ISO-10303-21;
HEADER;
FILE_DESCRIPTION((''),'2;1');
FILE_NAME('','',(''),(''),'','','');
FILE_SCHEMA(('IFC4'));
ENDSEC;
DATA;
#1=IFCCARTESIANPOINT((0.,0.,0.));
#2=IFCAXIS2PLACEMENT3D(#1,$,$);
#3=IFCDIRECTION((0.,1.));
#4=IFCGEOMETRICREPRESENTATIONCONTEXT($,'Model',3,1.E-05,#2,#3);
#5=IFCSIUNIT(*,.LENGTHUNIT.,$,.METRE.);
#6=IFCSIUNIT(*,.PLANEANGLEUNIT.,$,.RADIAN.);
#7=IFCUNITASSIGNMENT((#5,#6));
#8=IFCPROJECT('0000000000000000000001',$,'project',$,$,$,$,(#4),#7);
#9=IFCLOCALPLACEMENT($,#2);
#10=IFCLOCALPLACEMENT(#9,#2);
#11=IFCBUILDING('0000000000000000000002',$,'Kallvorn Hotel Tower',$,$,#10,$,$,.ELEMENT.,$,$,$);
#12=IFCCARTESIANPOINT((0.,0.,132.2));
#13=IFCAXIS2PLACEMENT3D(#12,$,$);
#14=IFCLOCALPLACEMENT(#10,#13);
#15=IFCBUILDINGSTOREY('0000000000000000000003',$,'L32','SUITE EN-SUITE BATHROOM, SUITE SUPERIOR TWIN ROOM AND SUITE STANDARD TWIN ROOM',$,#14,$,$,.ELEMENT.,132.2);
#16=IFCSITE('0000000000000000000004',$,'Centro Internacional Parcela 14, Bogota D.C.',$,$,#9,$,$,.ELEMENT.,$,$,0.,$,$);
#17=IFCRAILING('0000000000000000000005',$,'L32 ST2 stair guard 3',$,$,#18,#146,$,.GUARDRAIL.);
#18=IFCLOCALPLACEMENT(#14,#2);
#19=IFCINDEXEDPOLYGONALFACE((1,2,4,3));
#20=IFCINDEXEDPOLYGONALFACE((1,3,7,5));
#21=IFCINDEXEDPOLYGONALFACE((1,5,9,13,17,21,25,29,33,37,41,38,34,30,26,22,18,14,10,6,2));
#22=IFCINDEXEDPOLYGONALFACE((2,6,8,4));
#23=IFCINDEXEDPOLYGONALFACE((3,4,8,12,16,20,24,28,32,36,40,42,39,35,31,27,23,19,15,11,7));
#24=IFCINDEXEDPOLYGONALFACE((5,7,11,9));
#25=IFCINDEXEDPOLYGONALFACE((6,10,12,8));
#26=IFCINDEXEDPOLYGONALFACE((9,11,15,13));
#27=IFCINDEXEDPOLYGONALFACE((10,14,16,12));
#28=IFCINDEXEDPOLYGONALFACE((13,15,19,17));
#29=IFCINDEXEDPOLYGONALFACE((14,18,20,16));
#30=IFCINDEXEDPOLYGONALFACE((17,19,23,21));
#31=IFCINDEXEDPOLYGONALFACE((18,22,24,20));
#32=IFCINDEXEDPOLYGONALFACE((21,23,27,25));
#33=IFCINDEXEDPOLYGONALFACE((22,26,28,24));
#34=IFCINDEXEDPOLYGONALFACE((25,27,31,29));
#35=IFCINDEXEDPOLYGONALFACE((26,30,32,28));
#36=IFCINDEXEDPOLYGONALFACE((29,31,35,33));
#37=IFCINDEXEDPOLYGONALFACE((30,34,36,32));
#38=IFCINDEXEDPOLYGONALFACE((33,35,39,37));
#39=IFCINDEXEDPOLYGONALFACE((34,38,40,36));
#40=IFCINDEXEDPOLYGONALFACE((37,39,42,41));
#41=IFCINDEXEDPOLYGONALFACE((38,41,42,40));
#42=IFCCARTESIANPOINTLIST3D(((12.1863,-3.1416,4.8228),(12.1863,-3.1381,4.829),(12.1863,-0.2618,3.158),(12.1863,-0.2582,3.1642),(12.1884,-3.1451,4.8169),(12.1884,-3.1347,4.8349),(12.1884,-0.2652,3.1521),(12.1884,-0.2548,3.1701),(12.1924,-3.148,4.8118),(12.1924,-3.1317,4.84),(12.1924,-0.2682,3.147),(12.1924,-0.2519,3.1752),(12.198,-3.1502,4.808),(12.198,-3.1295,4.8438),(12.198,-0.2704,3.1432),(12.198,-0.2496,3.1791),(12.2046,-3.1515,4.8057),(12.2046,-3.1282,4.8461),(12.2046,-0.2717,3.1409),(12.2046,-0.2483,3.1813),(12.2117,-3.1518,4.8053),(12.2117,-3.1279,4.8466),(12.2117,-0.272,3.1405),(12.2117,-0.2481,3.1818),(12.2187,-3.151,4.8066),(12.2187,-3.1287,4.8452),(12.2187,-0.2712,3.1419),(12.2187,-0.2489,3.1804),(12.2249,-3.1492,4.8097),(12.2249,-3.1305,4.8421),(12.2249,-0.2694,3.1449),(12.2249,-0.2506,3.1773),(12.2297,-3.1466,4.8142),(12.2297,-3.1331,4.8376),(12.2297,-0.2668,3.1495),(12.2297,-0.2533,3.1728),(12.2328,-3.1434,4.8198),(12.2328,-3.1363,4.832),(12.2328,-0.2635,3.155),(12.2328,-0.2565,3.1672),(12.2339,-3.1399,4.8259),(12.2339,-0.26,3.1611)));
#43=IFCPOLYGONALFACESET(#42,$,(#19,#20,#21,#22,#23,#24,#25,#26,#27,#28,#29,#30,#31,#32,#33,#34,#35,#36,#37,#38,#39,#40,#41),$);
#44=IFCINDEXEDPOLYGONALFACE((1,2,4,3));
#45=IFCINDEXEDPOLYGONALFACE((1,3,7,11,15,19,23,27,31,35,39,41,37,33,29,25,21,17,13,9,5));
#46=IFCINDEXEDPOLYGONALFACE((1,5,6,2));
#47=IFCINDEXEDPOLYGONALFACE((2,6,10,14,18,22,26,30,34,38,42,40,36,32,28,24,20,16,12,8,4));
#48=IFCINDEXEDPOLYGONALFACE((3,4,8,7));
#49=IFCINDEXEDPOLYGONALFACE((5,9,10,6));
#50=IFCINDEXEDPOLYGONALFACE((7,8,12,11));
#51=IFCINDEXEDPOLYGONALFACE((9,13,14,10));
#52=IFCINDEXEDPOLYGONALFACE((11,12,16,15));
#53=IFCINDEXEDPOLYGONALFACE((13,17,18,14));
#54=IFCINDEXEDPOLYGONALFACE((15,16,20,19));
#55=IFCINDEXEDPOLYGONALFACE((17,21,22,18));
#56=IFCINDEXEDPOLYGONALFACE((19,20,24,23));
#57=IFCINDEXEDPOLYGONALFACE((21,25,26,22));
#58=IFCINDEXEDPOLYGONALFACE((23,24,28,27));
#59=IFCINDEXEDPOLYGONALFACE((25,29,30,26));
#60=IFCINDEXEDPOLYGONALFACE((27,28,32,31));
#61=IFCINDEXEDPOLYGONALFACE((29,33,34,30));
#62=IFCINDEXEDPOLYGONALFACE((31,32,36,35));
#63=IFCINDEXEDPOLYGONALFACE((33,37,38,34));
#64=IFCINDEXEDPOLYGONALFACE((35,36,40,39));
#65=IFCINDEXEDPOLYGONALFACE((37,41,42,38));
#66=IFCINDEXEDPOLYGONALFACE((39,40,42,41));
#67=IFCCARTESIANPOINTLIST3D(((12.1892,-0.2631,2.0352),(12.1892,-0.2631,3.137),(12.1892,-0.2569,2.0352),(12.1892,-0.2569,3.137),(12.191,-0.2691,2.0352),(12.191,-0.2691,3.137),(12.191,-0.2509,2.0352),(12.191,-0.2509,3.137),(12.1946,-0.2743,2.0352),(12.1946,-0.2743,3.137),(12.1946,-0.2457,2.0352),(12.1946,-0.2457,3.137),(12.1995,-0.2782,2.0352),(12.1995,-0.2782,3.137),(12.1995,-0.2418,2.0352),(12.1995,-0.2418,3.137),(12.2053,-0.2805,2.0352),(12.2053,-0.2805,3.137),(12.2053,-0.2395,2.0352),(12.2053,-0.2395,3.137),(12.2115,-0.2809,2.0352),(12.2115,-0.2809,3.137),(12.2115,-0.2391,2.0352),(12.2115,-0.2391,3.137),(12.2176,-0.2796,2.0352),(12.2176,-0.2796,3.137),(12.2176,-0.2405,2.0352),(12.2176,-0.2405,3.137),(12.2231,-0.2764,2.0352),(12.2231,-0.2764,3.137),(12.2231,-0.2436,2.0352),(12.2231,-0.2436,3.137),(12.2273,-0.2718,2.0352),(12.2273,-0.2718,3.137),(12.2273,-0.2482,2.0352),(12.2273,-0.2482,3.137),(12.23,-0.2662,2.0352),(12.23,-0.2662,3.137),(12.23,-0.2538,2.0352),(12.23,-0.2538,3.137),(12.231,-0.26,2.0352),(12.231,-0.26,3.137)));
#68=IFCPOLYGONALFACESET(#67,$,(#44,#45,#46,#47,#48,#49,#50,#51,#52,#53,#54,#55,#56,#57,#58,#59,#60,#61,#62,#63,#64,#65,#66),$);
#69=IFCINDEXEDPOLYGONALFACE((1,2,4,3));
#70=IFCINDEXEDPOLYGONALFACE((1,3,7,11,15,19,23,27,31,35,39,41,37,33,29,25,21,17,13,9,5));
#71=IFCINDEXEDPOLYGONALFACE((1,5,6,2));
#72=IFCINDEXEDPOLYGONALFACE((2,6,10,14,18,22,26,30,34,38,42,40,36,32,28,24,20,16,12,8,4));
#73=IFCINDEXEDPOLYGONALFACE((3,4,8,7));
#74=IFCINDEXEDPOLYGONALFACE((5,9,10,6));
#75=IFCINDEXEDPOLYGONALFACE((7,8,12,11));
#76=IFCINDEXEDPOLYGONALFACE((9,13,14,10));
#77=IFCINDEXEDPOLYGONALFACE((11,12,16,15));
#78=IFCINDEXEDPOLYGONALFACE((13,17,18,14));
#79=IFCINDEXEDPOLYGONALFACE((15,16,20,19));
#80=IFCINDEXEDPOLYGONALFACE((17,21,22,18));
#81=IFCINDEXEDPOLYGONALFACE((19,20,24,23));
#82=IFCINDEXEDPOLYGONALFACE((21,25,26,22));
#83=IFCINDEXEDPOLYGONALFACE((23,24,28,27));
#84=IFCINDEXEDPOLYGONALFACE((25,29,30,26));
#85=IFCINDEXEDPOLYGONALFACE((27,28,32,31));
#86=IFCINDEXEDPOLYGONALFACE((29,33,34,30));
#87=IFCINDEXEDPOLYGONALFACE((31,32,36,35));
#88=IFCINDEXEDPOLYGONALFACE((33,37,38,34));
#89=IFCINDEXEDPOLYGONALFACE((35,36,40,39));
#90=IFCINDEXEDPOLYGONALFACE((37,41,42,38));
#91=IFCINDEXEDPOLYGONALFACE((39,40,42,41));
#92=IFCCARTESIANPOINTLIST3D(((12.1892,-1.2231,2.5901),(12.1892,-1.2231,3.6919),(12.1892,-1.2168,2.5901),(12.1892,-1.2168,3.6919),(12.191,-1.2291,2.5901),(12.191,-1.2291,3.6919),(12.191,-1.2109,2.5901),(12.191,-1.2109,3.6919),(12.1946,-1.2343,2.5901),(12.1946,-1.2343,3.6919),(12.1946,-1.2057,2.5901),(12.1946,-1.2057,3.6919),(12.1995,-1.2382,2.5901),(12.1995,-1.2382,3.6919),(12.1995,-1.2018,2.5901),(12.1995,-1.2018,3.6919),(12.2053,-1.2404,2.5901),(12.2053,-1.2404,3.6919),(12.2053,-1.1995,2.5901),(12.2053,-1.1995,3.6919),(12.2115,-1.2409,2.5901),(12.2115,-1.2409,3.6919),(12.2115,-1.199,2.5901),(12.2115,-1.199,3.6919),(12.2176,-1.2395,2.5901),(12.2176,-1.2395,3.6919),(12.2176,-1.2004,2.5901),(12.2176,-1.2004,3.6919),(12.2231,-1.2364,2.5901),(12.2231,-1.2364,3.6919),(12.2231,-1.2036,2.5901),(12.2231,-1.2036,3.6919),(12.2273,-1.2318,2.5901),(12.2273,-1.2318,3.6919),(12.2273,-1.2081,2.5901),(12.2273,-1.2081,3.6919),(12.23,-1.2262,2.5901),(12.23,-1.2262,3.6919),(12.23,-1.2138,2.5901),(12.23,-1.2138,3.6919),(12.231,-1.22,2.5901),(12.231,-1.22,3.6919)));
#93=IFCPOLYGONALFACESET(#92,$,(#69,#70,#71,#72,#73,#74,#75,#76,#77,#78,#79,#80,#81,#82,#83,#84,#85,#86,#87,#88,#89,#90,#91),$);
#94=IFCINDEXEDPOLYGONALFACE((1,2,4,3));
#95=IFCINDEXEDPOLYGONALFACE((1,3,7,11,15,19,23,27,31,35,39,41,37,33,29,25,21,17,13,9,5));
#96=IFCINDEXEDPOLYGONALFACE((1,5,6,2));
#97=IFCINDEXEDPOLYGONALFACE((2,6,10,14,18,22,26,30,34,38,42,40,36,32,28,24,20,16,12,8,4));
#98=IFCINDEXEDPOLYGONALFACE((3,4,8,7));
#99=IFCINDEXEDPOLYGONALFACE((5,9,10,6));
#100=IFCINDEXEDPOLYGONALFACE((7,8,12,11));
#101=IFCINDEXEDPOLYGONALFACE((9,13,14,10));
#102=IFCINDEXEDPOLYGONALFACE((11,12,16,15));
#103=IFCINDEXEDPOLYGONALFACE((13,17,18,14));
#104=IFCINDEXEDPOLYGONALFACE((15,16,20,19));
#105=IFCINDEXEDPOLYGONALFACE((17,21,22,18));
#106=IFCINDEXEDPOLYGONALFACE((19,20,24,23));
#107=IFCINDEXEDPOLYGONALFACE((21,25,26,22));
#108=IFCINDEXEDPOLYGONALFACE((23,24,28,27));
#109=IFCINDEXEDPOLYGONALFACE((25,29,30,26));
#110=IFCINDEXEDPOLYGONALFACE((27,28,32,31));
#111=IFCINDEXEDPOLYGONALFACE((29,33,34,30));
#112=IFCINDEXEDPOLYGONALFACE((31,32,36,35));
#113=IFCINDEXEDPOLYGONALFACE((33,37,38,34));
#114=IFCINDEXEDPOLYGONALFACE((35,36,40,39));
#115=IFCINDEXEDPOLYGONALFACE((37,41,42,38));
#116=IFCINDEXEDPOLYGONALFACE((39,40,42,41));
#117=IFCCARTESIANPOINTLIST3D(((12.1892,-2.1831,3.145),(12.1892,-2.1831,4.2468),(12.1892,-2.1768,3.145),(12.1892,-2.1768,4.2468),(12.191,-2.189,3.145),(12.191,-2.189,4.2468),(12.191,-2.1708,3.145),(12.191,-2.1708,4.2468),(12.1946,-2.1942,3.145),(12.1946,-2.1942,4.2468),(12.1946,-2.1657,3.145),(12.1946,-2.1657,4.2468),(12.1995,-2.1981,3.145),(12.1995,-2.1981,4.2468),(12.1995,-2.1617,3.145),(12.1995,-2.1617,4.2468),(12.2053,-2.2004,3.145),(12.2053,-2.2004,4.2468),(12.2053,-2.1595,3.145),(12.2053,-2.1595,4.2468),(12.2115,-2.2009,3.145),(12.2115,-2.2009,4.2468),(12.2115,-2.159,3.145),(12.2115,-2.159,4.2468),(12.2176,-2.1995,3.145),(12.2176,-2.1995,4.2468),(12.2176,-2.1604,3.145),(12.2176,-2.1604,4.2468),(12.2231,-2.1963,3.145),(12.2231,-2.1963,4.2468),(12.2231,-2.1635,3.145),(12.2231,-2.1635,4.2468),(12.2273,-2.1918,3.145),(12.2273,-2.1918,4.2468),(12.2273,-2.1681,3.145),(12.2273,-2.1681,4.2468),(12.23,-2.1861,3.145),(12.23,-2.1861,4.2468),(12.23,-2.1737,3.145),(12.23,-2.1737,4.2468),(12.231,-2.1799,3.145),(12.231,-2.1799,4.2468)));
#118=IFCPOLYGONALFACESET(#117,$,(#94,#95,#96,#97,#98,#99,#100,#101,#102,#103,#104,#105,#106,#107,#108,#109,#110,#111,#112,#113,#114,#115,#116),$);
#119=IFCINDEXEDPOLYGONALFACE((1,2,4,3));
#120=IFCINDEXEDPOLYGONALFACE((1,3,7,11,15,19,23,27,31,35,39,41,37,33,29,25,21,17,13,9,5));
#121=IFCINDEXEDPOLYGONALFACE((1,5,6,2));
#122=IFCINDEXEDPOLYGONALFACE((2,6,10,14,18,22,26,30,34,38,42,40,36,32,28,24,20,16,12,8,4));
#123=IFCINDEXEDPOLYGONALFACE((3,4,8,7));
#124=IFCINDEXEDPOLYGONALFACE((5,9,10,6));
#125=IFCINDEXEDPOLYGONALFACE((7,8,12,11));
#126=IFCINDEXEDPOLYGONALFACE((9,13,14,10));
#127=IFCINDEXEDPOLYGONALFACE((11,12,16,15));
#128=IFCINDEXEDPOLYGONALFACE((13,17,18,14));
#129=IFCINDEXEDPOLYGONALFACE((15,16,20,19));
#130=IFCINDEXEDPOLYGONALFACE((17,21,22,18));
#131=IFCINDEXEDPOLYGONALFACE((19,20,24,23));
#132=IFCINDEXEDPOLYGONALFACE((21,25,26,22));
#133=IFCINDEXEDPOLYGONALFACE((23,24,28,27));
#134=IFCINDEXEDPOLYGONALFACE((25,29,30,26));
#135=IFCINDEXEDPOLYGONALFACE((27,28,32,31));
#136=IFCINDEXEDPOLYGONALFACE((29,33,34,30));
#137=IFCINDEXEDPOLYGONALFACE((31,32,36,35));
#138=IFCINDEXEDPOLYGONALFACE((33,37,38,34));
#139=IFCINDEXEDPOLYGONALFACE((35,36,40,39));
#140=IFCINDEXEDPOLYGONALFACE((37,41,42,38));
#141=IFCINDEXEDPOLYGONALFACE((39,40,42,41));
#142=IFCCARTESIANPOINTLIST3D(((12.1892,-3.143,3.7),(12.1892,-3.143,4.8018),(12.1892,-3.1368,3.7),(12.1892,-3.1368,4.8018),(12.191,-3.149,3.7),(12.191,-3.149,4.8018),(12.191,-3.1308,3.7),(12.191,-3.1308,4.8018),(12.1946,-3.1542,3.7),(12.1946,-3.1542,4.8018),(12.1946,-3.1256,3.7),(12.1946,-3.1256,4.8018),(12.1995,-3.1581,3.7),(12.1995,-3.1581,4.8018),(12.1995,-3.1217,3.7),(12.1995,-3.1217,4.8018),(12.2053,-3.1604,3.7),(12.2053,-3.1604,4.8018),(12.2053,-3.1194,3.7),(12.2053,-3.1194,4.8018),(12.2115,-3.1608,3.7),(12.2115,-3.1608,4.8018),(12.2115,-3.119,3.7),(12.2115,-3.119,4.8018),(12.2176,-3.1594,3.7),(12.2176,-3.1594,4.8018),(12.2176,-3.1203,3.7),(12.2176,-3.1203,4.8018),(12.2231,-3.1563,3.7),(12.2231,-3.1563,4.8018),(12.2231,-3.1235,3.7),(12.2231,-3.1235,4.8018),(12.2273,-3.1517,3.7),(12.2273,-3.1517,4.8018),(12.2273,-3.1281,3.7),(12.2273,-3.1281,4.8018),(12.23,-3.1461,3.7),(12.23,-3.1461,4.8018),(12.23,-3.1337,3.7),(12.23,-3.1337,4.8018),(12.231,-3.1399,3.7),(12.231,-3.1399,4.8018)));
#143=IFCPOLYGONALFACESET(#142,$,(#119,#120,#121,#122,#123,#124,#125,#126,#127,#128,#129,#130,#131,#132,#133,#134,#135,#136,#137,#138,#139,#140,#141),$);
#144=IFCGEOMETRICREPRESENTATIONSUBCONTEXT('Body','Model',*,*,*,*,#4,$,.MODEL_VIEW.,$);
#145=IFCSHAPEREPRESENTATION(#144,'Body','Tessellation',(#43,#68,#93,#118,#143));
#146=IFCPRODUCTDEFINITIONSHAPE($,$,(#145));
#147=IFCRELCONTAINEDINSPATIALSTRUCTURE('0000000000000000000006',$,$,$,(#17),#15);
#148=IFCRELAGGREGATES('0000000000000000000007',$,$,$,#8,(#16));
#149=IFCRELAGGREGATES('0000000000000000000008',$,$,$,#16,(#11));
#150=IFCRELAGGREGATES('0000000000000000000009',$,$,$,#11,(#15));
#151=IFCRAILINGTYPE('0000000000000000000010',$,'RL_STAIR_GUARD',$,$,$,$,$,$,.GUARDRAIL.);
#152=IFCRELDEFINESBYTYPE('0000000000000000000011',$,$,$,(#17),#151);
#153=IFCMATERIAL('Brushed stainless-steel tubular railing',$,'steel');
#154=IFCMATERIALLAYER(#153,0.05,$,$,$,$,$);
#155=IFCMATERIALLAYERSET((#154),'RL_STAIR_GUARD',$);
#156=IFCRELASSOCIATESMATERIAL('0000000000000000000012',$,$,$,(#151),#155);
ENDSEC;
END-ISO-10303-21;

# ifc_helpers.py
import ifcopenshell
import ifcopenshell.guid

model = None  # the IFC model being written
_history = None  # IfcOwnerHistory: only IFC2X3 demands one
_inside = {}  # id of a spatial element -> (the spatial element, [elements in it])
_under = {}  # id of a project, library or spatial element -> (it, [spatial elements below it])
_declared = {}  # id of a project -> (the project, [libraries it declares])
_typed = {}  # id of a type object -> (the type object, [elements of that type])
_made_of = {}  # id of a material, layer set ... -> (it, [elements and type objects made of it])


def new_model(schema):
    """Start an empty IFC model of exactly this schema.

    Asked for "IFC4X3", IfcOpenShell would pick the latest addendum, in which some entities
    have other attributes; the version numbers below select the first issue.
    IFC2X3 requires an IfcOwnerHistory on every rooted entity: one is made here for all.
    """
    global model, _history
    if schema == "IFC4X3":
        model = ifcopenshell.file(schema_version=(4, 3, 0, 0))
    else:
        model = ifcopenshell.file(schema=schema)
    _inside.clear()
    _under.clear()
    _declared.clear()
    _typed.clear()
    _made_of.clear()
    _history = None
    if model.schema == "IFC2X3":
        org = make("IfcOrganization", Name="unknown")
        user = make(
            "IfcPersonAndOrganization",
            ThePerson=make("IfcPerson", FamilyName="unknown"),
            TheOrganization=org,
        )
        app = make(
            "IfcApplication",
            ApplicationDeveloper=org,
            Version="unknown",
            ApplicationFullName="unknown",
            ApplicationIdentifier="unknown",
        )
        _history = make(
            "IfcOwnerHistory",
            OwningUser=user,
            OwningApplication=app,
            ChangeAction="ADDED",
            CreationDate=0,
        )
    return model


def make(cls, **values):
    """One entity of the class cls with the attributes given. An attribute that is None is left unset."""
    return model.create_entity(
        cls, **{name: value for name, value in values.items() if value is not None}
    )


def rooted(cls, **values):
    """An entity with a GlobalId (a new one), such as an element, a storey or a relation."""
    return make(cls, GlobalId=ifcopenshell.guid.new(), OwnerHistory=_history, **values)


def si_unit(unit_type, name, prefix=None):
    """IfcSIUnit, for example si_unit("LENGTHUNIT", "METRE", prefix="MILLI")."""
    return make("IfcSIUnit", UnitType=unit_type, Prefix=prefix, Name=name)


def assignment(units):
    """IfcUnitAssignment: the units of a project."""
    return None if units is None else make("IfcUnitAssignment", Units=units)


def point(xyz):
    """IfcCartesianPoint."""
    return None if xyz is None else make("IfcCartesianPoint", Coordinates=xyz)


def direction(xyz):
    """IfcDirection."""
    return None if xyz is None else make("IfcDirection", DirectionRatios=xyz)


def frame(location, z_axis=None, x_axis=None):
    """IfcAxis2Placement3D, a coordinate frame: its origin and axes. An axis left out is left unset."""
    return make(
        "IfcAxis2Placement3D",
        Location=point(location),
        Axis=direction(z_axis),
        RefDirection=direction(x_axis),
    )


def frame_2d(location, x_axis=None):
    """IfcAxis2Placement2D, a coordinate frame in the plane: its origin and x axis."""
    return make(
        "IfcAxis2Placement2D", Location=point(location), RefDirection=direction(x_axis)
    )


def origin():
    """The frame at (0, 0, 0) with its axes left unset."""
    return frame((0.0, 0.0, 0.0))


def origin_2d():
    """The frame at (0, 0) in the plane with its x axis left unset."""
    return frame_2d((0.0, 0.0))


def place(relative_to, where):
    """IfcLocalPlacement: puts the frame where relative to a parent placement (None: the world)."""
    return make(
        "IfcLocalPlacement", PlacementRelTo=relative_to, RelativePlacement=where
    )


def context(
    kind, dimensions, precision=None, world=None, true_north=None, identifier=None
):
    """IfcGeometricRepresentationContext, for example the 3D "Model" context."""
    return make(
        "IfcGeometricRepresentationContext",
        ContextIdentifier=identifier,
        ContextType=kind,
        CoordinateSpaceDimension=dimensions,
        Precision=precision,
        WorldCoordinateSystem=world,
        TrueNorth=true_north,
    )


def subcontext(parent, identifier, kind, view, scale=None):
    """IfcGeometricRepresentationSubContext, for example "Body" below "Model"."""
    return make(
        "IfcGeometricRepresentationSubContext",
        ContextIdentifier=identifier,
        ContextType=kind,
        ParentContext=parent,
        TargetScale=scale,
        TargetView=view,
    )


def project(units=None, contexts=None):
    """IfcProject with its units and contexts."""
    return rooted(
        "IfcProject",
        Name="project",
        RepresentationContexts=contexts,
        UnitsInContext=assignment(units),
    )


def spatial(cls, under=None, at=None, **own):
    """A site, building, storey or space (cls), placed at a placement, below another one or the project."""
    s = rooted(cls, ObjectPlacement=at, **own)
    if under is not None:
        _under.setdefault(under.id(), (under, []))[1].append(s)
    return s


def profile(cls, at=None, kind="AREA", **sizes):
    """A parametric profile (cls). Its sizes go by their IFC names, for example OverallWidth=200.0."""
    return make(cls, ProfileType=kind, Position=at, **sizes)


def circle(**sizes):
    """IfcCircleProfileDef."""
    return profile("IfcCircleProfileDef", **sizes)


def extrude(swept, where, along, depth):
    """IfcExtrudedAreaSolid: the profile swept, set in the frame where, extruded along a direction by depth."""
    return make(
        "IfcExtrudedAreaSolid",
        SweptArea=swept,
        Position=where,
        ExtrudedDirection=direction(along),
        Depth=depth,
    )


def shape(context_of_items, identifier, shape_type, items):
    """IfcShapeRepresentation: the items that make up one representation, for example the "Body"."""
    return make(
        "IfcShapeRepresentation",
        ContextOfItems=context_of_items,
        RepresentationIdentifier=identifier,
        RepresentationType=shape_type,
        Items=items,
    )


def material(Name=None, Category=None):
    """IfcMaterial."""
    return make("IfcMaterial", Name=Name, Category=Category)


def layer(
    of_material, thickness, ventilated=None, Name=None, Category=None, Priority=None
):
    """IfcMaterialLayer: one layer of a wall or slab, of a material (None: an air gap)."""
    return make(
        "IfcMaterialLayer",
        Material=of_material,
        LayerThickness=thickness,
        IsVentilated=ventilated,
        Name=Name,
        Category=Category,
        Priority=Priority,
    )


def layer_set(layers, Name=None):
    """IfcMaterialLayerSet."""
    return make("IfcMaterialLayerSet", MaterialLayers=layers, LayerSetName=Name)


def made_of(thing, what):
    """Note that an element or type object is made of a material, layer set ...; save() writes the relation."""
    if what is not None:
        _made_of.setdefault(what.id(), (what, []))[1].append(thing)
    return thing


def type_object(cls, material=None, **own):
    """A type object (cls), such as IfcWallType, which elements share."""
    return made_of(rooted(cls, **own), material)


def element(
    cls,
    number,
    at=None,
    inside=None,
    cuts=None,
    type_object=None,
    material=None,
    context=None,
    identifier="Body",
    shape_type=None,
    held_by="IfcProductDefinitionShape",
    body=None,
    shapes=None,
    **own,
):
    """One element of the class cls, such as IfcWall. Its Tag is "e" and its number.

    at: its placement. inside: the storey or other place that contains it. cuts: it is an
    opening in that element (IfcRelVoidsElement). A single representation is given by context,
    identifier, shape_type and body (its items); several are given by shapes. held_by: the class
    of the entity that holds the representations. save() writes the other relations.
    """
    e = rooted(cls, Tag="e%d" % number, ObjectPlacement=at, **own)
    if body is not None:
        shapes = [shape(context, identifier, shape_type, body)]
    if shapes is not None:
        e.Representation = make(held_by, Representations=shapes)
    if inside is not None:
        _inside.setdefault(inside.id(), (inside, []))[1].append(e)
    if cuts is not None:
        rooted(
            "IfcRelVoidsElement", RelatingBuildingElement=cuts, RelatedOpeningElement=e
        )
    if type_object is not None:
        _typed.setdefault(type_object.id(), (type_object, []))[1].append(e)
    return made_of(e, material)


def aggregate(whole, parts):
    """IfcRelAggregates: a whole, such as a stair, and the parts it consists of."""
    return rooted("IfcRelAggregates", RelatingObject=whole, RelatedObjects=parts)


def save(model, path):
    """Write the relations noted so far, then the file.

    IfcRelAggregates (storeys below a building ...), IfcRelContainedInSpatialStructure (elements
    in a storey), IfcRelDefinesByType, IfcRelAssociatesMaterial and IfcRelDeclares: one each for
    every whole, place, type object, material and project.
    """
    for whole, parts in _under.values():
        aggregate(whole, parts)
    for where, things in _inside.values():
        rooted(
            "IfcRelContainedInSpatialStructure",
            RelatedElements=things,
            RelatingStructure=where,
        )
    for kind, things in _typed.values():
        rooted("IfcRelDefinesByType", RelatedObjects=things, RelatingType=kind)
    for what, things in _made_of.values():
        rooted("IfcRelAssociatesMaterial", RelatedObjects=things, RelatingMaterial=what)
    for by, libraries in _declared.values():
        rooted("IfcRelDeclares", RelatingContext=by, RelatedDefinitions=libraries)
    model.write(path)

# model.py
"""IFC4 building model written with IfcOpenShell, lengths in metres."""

from ifc_helpers import new_model, si_unit, direction, frame, origin, origin_2d, place, context, subcontext, project, spatial, circle, extrude, material, layer, layer_set, type_object, element, save


model = new_model("IFC4")

# Units and contexts
model_context = context("Model", 3, precision=1e-05, world=origin(), true_north=direction((0.0, 1.0)))
body_context = subcontext(model_context, "Body", "Model", "MODEL_VIEW")
ifc_project = project(units=[si_unit("LENGTHUNIT", "METRE"), si_unit("PLANEANGLEUNIT", "RADIAN")], contexts=[model_context])

# Site, building, storey
site_placement = place(None, origin())
site = spatial("IfcSite", under=ifc_project, at=site_placement, Name="Centro Internacional Parcela 14, Bogota D.C.", CompositionType="ELEMENT", RefElevation=0.0)
building_placement = place(site_placement, origin())
building = spatial("IfcBuilding", under=site, at=building_placement, Name="Kallvorn Hotel Tower", CompositionType="ELEMENT")
storey_placement = place(building_placement, frame((0.0, 0.0, 132.2)))
storey = spatial("IfcBuildingStorey", under=building, at=storey_placement, Name="L32", Description="SUITE EN-SUITE BATHROOM, SUITE SUPERIOR TWIN ROOM AND SUITE STANDARD TWIN ROOM", CompositionType="ELEMENT", Elevation=132.2)

# Railing
ifc_material_1 = material(Name="Brushed stainless-steel tubular railing", Category="steel")
ifc_layer_1 = layer(ifc_material_1, 0.05)
ifc_layer_set_1 = layer_set([ifc_layer_1], Name="RL_STAIR_GUARD")
railing_type_1 = type_object("IfcRailingType", Name="RL_STAIR_GUARD", PredefinedType="GUARDRAIL", material=ifc_layer_set_1)
railing_1_placement = place(storey_placement, frame((12.21, -0.26, 2.0352)))
element("IfcRailing", 1, at=railing_1_placement, inside=storey, type_object=railing_type_1, Name="L32 ST2 stair guard 3", PredefinedType="GUARDRAIL", context=body_context, shape_type="SweptSolid", body=[
    extrude(circle(Radius=0.0239, at=origin_2d()), frame((0.0, 0.0, 1.126), z_axis=(0.0, -0.865753, 0.500472), x_axis=(1.0, 0.0, 0.0)), (0.0, 0.0, 1.0), 3.3264),
    extrude(circle(Radius=0.021, at=origin_2d()), origin(), (0.0, 0.0, 1.0), 1.1018),
    extrude(circle(Radius=0.021, at=origin_2d()), frame((0.0, -0.96, 0.5549)), (0.0, 0.0, 1.0), 1.1018),
    extrude(circle(Radius=0.021, at=origin_2d()), frame((0.0, -1.9199, 1.1099)), (0.0, 0.0, 1.0), 1.1018),
    extrude(circle(Radius=0.021, at=origin_2d()), frame((0.0, -2.8799, 1.6648)), (0.0, 0.0, 1.0), 1.1018),
])

save(model, "model.ifc")
